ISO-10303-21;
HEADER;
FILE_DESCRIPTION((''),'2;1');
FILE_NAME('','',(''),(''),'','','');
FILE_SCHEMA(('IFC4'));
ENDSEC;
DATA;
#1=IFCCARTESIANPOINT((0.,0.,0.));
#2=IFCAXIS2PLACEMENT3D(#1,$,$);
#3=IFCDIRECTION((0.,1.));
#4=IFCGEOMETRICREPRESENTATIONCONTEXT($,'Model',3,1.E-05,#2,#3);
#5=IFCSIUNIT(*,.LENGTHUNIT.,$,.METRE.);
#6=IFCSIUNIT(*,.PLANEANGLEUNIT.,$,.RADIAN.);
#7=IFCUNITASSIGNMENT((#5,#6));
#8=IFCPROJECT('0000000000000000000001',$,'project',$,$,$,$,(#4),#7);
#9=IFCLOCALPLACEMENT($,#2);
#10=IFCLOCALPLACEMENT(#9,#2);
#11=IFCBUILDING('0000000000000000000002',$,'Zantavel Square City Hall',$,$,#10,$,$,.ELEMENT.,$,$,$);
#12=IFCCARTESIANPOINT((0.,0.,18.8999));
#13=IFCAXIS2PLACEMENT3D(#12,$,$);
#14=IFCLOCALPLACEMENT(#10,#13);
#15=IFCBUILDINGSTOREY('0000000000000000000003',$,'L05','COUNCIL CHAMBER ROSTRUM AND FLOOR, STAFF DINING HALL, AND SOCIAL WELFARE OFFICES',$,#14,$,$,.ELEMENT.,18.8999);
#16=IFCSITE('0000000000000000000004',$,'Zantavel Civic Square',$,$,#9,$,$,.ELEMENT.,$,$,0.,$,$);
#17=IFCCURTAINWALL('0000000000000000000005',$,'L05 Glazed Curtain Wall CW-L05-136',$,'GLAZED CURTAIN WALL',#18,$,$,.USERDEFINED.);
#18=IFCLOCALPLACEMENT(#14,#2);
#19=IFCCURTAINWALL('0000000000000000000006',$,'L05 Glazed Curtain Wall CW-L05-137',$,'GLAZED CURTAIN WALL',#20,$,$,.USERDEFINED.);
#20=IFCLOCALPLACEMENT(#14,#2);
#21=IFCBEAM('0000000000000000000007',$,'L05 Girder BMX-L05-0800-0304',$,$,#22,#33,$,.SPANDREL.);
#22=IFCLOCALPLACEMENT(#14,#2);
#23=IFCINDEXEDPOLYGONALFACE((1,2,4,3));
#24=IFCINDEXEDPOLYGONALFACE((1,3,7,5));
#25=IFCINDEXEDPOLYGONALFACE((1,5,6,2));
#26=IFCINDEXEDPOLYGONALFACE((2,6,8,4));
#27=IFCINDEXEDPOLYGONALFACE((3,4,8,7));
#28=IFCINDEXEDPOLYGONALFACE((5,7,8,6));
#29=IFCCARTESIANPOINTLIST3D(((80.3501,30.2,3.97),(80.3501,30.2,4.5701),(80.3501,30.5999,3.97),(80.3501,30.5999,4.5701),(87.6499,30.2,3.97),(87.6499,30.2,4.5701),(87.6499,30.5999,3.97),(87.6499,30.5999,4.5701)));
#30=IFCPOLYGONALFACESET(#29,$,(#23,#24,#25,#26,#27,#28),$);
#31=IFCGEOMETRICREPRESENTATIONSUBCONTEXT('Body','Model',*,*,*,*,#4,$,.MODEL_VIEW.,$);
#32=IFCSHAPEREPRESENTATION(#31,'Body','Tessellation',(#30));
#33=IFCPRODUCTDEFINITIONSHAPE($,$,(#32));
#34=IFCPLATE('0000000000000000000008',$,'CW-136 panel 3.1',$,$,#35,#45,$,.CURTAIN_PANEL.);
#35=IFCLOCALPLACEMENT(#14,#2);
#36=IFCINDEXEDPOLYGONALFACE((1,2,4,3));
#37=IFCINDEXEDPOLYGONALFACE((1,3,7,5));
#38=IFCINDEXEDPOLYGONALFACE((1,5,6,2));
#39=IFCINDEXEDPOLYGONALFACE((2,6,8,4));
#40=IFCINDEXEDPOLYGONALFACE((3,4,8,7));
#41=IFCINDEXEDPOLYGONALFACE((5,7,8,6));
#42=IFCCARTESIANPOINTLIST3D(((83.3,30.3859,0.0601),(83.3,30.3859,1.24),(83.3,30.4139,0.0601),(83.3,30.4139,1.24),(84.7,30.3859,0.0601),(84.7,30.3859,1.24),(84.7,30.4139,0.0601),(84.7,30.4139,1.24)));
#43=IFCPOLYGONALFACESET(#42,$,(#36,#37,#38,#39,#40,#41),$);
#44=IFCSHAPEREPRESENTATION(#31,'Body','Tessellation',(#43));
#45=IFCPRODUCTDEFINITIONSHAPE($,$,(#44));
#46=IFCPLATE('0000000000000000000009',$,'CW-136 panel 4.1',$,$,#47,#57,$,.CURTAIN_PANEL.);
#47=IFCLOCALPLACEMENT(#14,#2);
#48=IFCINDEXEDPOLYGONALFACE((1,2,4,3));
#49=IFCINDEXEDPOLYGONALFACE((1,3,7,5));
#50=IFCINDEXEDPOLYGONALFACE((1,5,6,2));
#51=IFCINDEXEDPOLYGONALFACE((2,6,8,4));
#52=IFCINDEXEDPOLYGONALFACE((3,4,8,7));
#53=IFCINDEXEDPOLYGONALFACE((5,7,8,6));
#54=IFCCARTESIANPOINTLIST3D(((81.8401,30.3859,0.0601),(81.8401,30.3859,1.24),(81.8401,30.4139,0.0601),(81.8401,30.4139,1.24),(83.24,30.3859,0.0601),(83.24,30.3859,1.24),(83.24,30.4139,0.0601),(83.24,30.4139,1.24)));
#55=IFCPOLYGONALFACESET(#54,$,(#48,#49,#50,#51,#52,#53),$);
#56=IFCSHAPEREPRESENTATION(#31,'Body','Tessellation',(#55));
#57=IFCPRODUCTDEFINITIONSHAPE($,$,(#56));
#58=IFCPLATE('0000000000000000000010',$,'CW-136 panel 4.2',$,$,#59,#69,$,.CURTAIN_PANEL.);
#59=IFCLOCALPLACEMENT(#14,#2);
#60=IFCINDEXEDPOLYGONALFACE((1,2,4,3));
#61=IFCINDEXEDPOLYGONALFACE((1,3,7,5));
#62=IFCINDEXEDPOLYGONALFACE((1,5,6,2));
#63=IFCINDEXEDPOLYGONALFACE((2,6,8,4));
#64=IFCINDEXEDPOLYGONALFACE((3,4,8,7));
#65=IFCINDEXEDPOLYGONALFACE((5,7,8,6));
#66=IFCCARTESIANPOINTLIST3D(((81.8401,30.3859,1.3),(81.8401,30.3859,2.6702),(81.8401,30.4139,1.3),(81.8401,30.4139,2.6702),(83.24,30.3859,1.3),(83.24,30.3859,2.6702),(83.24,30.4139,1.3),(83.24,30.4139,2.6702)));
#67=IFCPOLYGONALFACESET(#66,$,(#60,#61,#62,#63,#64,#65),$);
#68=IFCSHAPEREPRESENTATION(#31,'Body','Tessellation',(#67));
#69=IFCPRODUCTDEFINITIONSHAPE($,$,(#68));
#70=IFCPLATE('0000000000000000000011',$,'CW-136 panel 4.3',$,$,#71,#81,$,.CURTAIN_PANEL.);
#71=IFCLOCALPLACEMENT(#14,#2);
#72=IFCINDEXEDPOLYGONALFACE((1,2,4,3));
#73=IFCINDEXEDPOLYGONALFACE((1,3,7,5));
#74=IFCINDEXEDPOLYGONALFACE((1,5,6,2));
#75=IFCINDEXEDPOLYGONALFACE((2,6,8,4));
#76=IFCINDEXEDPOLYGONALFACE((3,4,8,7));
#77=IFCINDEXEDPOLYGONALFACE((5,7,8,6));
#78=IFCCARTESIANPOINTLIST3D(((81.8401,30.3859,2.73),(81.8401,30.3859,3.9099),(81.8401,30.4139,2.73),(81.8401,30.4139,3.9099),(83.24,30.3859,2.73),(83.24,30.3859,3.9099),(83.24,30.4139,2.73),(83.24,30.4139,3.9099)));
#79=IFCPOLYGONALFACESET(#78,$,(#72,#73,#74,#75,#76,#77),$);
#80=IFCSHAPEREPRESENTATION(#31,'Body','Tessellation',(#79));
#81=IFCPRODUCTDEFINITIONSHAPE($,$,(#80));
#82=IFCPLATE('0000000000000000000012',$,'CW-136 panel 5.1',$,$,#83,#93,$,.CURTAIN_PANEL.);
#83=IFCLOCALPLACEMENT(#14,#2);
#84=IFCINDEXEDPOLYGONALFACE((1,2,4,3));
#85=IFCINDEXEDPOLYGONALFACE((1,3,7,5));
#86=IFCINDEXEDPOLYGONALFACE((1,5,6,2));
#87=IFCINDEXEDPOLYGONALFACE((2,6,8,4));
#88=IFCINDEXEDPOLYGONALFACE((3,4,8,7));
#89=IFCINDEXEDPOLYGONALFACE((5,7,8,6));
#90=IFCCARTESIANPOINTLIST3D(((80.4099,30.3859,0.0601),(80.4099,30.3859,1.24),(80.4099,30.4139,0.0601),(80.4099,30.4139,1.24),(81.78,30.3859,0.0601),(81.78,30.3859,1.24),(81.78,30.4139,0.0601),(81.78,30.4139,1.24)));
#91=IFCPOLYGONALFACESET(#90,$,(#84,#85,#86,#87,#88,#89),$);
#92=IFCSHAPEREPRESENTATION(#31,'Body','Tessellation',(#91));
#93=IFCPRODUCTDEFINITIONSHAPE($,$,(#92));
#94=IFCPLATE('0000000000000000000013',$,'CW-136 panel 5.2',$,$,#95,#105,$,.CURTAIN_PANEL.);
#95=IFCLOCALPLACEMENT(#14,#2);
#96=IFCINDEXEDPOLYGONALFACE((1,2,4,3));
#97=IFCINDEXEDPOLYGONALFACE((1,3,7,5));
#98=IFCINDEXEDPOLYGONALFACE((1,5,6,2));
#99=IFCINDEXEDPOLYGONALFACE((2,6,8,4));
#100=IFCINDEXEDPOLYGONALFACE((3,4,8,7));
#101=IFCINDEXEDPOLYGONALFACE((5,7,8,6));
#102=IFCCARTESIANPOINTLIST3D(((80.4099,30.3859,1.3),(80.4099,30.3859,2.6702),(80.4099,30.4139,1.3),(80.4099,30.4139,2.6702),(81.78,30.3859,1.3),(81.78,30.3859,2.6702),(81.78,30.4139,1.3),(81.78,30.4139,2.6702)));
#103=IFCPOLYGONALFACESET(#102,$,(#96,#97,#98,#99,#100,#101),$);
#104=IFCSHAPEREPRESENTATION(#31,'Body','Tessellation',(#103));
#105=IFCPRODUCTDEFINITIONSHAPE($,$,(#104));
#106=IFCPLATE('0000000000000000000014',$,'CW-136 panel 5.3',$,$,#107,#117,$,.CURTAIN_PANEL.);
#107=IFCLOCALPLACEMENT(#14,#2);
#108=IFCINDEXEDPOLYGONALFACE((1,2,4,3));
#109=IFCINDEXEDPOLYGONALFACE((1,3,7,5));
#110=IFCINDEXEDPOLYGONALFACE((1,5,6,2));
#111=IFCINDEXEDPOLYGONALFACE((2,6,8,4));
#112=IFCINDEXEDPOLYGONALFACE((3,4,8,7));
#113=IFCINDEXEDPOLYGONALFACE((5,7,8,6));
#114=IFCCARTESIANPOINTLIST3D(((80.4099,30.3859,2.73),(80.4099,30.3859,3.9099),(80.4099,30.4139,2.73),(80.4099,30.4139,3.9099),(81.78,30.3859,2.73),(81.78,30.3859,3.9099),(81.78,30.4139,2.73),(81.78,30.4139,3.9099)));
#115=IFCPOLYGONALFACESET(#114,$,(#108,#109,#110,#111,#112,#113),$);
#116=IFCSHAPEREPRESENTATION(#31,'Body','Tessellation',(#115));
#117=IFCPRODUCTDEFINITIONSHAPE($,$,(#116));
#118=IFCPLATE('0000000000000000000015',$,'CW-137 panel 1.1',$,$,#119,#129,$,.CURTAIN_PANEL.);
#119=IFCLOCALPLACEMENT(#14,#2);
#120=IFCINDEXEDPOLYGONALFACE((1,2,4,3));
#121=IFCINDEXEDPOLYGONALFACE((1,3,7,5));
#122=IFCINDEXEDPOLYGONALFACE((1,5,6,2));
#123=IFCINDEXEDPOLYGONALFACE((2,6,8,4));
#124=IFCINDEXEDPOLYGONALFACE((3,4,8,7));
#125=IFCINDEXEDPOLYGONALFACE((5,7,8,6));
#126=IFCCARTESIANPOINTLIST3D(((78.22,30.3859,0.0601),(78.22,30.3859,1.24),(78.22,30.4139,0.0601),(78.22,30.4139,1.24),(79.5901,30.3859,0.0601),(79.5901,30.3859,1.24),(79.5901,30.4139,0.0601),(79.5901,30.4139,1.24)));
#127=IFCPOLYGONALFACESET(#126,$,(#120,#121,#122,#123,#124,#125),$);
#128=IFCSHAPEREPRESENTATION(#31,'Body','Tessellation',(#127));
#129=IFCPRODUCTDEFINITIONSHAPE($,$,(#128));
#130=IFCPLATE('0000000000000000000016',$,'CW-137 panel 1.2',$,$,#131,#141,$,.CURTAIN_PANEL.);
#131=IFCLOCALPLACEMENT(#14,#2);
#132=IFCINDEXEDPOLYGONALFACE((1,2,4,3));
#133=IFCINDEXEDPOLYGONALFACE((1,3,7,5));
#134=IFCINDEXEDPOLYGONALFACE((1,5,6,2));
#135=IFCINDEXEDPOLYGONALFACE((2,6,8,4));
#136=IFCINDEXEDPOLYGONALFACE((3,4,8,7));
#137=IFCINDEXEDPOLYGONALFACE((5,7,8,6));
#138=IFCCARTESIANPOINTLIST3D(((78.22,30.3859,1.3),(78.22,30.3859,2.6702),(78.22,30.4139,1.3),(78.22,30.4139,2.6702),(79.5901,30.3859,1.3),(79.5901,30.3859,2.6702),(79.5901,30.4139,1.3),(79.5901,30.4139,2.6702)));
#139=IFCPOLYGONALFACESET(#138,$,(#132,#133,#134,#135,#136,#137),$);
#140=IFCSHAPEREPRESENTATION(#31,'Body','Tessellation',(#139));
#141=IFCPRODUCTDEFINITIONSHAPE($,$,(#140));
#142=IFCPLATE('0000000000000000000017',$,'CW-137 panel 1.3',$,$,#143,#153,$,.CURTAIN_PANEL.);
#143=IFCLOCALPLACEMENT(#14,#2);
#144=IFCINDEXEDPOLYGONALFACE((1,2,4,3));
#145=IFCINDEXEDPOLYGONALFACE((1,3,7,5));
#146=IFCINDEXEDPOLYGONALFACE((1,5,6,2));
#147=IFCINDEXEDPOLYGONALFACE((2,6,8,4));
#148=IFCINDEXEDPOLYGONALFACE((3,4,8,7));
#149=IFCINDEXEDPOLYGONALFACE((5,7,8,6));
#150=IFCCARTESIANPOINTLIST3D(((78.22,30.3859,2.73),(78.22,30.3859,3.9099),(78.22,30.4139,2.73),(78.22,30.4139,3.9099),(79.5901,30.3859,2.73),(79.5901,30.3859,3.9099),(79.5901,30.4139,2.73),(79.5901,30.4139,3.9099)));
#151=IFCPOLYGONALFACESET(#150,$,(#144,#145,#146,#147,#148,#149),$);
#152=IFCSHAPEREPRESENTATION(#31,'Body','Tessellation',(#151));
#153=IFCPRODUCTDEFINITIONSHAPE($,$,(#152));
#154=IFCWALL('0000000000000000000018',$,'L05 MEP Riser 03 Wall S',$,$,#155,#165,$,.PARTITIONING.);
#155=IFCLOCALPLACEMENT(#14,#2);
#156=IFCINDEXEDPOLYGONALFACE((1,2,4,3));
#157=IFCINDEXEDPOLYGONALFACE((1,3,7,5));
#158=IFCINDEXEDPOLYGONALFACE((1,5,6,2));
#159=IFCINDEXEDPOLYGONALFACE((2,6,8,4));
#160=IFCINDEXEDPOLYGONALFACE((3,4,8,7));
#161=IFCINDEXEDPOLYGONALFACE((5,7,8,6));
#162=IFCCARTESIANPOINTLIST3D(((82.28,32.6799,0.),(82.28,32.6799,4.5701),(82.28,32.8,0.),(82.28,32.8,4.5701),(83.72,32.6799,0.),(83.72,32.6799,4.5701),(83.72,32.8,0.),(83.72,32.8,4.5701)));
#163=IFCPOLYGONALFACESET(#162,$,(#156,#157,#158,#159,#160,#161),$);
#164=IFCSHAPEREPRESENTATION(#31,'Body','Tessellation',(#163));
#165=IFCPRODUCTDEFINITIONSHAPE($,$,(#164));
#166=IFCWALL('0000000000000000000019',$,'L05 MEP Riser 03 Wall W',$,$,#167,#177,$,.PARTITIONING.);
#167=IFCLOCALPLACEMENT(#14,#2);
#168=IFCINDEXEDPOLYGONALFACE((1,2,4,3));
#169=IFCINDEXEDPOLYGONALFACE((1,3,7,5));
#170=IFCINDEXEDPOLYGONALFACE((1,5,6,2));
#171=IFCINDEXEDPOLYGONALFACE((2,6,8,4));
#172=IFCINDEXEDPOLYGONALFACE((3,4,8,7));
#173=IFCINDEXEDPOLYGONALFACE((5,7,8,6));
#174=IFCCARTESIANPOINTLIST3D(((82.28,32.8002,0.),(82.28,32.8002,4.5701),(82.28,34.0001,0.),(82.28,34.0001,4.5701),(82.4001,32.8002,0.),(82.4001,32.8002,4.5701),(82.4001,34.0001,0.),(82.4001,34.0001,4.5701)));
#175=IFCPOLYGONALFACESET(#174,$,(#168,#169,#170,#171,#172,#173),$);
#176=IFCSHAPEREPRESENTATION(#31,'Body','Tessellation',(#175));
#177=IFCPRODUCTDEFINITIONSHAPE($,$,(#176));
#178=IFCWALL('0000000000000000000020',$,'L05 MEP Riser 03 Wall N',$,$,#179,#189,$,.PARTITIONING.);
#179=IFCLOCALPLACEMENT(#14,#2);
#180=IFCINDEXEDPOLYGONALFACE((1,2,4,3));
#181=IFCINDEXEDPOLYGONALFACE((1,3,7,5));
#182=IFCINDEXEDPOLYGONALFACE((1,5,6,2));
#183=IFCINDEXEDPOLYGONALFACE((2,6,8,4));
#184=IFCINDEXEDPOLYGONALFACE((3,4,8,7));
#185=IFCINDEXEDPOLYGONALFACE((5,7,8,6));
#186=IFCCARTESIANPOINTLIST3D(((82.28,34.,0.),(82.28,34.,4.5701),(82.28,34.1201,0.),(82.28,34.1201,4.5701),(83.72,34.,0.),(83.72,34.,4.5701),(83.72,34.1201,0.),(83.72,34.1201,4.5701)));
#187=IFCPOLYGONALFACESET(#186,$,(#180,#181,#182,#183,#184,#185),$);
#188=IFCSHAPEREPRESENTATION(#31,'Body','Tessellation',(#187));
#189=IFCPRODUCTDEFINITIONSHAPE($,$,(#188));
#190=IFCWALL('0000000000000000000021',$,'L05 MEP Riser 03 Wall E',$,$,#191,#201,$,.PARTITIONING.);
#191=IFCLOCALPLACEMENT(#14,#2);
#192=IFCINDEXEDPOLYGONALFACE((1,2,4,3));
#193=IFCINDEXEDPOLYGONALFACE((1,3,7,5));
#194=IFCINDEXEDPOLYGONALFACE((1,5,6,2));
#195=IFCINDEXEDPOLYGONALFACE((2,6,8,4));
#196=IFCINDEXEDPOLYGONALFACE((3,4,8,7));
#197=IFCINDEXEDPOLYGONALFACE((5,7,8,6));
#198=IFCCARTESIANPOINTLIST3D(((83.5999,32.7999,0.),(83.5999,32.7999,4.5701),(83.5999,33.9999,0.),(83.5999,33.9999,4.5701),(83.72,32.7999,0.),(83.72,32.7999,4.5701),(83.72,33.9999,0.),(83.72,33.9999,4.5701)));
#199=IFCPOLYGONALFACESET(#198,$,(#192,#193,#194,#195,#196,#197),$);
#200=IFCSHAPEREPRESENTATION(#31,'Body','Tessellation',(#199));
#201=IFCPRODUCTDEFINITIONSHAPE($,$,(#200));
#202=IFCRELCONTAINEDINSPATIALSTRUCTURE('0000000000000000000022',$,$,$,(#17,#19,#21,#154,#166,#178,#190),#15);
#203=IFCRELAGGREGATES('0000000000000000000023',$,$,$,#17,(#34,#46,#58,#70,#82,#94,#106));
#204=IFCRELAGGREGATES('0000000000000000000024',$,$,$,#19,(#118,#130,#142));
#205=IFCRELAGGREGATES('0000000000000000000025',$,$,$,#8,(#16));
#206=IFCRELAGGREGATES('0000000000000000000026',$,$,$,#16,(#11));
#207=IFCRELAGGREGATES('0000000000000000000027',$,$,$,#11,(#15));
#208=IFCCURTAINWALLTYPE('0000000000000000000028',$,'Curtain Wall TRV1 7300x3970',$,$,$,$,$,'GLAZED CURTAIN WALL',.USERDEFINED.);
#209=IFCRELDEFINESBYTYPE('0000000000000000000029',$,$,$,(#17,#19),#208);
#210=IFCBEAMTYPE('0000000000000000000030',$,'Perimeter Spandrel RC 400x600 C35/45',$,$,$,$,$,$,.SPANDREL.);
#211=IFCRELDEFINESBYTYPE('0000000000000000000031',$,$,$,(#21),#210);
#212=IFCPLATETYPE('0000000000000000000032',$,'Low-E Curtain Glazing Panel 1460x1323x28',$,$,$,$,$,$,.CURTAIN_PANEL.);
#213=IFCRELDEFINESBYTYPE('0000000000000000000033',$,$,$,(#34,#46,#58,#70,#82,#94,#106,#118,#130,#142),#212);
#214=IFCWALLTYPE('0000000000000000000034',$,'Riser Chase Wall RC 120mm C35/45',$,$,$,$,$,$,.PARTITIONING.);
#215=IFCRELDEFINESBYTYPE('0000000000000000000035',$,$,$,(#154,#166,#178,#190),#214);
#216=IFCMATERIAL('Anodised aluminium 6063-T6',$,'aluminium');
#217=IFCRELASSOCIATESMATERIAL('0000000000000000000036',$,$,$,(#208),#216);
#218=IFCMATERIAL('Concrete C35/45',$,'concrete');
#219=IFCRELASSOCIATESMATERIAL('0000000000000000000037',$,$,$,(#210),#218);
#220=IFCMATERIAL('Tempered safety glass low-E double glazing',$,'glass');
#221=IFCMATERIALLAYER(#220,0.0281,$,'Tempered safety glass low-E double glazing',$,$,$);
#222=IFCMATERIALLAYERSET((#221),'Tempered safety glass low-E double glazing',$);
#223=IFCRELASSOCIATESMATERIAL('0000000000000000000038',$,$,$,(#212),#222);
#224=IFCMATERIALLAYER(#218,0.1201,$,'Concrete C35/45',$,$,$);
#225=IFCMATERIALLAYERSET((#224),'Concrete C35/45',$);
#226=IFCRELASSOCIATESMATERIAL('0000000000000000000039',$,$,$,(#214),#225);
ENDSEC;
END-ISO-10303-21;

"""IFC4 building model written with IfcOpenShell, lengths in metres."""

from ifc_helpers import new_model, si_unit, direction, frame, frame_2d, origin, origin_2d, place, context, subcontext, project, spatial, rectangle, extrude, material, layer, layer_set, material_profile, profile_set, type_object, element, aggregate, save


model = new_model("IFC4")

# Units and contexts
model_context = context("Model", 3, precision=1e-05, world=origin(), true_north=direction((0.0, 1.0)))
body_context = subcontext(model_context, "Body", "Model", "MODEL_VIEW")
ifc_project = project(units=[si_unit("LENGTHUNIT", "METRE"), si_unit("PLANEANGLEUNIT", "RADIAN")], contexts=[model_context])

# Site, building, storey
site_placement = place(None, origin())
site = spatial("IfcSite", under=ifc_project, at=site_placement, Name="Zantavel Civic Square", CompositionType="ELEMENT", RefElevation=0.0)
building_placement = place(site_placement, origin())
building = spatial("IfcBuilding", under=site, at=building_placement, Name="Zantavel Square City Hall", CompositionType="ELEMENT")
storey_placement = place(building_placement, frame((0.0, 0.0, 18.8999)))
storey = spatial("IfcBuildingStorey", under=building, at=storey_placement, Name="L05", Description="COUNCIL CHAMBER ROSTRUM AND FLOOR, STAFF DINING HALL, AND SOCIAL WELFARE OFFICES", CompositionType="ELEMENT", Elevation=18.8999)

# Curtain walls
ifc_material_1 = material(Name="Anodised aluminium 6063-T6", Category="aluminium")
curtain_wall_type = type_object("IfcCurtainWallType", Name="Curtain Wall TRV1 7300x3970", ElementType="GLAZED CURTAIN WALL", PredefinedType="USERDEFINED", material=ifc_material_1)
curtain_wall_1_placement = place(storey_placement, origin())
curtain_wall_1 = element("IfcCurtainWall", 1, at=curtain_wall_1_placement, inside=storey, type_object=curtain_wall_type, Name="L05 Glazed Curtain Wall CW-L05-136", ObjectType="GLAZED CURTAIN WALL", PredefinedType="USERDEFINED")
curtain_wall_2_placement = place(storey_placement, origin())
curtain_wall_2 = element("IfcCurtainWall", 2, at=curtain_wall_2_placement, inside=storey, type_object=curtain_wall_type, Name="L05 Glazed Curtain Wall CW-L05-137", ObjectType="GLAZED CURTAIN WALL", PredefinedType="USERDEFINED")

# Beam
ifc_material_2 = material(Name="Concrete C35/45", Category="concrete")
ifc_material_profile_1 = material_profile(ifc_material_2, rectangle(XDim=0.3999, YDim=0.6001, at=origin_2d()), Name="RC 400x600")
ifc_profile_set_1 = profile_set([ifc_material_profile_1], Name="Concrete C35/45")
beam_type = type_object("IfcBeamType", Name="Perimeter Spandrel RC 400x600 C35/45", PredefinedType="SPANDREL", material=ifc_profile_set_1)
beam_placement = place(storey_placement, frame((80.3501, 30.3999, 4.27), z_axis=(1.0, 0.0, 0.0), x_axis=(0.0, 1.0, 0.0)))
element("IfcBeam", 3, at=beam_placement, inside=storey, type_object=beam_type, Name="L05 Girder BMX-L05-0800-0304", PredefinedType="SPANDREL", context=body_context, shape_type="SweptSolid", body=[
    extrude(rectangle(XDim=0.3999, YDim=0.6001, at=origin_2d()), origin(), (0.0, 0.0, 1.0), 7.2998),
])

# Plates
ifc_material_3 = material(Name="Tempered safety glass low-E double glazing", Category="glass")
ifc_layer_1 = layer(ifc_material_3, 0.0281, Name="Tempered safety glass low-E double glazing")
ifc_layer_set_1 = layer_set([ifc_layer_1], Name="Tempered safety glass low-E double glazing")
plate_type = type_object("IfcPlateType", Name="Low-E Curtain Glazing Panel 1460x1323x28", PredefinedType="CURTAIN_PANEL", material=ifc_layer_set_1)
plate_1_placement = place(storey_placement, frame((84.0, 30.3999, 0.0601), z_axis=(0.0, 0.0, 1.0), x_axis=(-1.0, 0.0, 0.0)))
plate_1 = element("IfcPlate", 4, at=plate_1_placement, type_object=plate_type, Name="CW-136 panel 3.1", PredefinedType="CURTAIN_PANEL", context=body_context, shape_type="SweptSolid", body=[
    extrude(rectangle(XDim=1.3999, YDim=0.0281, at=origin_2d()), origin(), (0.0, 0.0, 1.0), 1.1799),
])
plate_2_placement = place(storey_placement, frame((82.54, 30.3999, 0.0601), z_axis=(0.0, 0.0, 1.0), x_axis=(-1.0, 0.0, 0.0)))
plate_2 = element("IfcPlate", 5, at=plate_2_placement, type_object=plate_type, Name="CW-136 panel 4.1", PredefinedType="CURTAIN_PANEL", context=body_context, shape_type="SweptSolid", body=[
    extrude(rectangle(XDim=1.3999, YDim=0.0281, at=origin_2d()), origin(), (0.0, 0.0, 1.0), 1.1799),
])
plate_3_placement = place(storey_placement, frame((82.54, 30.3999, 1.3), z_axis=(0.0, 0.0, 1.0), x_axis=(-1.0, 0.0, 0.0)))
plate_3 = element("IfcPlate", 6, at=plate_3_placement, type_object=plate_type, Name="CW-136 panel 4.2", PredefinedType="CURTAIN_PANEL", context=body_context, shape_type="SweptSolid", body=[
    extrude(rectangle(XDim=1.3999, YDim=0.0281, at=origin_2d()), origin(), (0.0, 0.0, 1.0), 1.3701),
])
plate_4_placement = place(storey_placement, frame((82.54, 30.3999, 2.73), z_axis=(0.0, 0.0, 1.0), x_axis=(-1.0, 0.0, 0.0)))
plate_4 = element("IfcPlate", 7, at=plate_4_placement, type_object=plate_type, Name="CW-136 panel 4.3", PredefinedType="CURTAIN_PANEL", context=body_context, shape_type="SweptSolid", body=[
    extrude(rectangle(XDim=1.3999, YDim=0.0281, at=origin_2d()), origin(), (0.0, 0.0, 1.0), 1.1799),
])
plate_5_placement = place(storey_placement, frame((81.095, 30.3999, 0.0601), z_axis=(0.0, 0.0, 1.0), x_axis=(-1.0, 0.0, 0.0)))
plate_5 = element("IfcPlate", 8, at=plate_5_placement, type_object=plate_type, Name="CW-136 panel 5.1", PredefinedType="CURTAIN_PANEL", context=body_context, shape_type="SweptSolid", body=[
    extrude(rectangle(XDim=1.3701, YDim=0.0281, at=origin_2d()), origin(), (0.0, 0.0, 1.0), 1.1799),
])
plate_6_placement = place(storey_placement, frame((81.095, 30.3999, 1.3), z_axis=(0.0, 0.0, 1.0), x_axis=(-1.0, 0.0, 0.0)))
plate_6 = element("IfcPlate", 9, at=plate_6_placement, type_object=plate_type, Name="CW-136 panel 5.2", PredefinedType="CURTAIN_PANEL", context=body_context, shape_type="SweptSolid", body=[
    extrude(rectangle(XDim=1.3701, YDim=0.0281, at=origin_2d()), origin(), (0.0, 0.0, 1.0), 1.3701),
])
plate_7_placement = place(storey_placement, frame((81.095, 30.3999, 2.73), z_axis=(0.0, 0.0, 1.0), x_axis=(-1.0, 0.0, 0.0)))
plate_7 = element("IfcPlate", 10, at=plate_7_placement, type_object=plate_type, Name="CW-136 panel 5.3", PredefinedType="CURTAIN_PANEL", context=body_context, shape_type="SweptSolid", body=[
    extrude(rectangle(XDim=1.3701, YDim=0.0281, at=origin_2d()), origin(), (0.0, 0.0, 1.0), 1.1799),
])
aggregate(curtain_wall_1, [plate_1, plate_2, plate_3, plate_4, plate_5, plate_6, plate_7])
plate_8_placement = place(storey_placement, frame((78.905, 30.3999, 0.0601), z_axis=(0.0, 0.0, 1.0), x_axis=(-1.0, 0.0, 0.0)))
plate_8 = element("IfcPlate", 11, at=plate_8_placement, type_object=plate_type, Name="CW-137 panel 1.1", PredefinedType="CURTAIN_PANEL", context=body_context, shape_type="SweptSolid", body=[
    extrude(rectangle(XDim=1.3701, YDim=0.0281, at=origin_2d()), origin(), (0.0, 0.0, 1.0), 1.1799),
])
plate_9_placement = place(storey_placement, frame((78.905, 30.3999, 1.3), z_axis=(0.0, 0.0, 1.0), x_axis=(-1.0, 0.0, 0.0)))
plate_9 = element("IfcPlate", 12, at=plate_9_placement, type_object=plate_type, Name="CW-137 panel 1.2", PredefinedType="CURTAIN_PANEL", context=body_context, shape_type="SweptSolid", body=[
    extrude(rectangle(XDim=1.3701, YDim=0.0281, at=origin_2d()), origin(), (0.0, 0.0, 1.0), 1.3701),
])
plate_10_placement = place(storey_placement, frame((78.905, 30.3999, 2.73), z_axis=(0.0, 0.0, 1.0), x_axis=(-1.0, 0.0, 0.0)))
plate_10 = element("IfcPlate", 13, at=plate_10_placement, type_object=plate_type, Name="CW-137 panel 1.3", PredefinedType="CURTAIN_PANEL", context=body_context, shape_type="SweptSolid", body=[
    extrude(rectangle(XDim=1.3701, YDim=0.0281, at=origin_2d()), origin(), (0.0, 0.0, 1.0), 1.1799),
])
aggregate(curtain_wall_2, [plate_8, plate_9, plate_10])

# Walls
ifc_layer_2 = layer(ifc_material_2, 0.1201, Name="Concrete C35/45")
ifc_layer_set_2 = layer_set([ifc_layer_2], Name="Concrete C35/45")
wall_type = type_object("IfcWallType", Name="Riser Chase Wall RC 120mm C35/45", PredefinedType="PARTITIONING", material=ifc_layer_set_2)
wall_1_placement = place(storey_placement, frame((83.72, 32.74, 0.0), z_axis=(0.0, 0.0, 1.0), x_axis=(-1.0, 0.0, 0.0)))
element("IfcWall", 14, at=wall_1_placement, inside=storey, type_object=wall_type, Name="L05 MEP Riser 03 Wall S", PredefinedType="PARTITIONING", context=body_context, shape_type="SweptSolid", body=[
    extrude(rectangle(XDim=1.4399, YDim=0.1201, at=frame_2d((0.72, 0.0))), origin(), (0.0, 0.0, 1.0), 4.5701),
])
wall_2_placement = place(storey_placement, frame((82.3401, 32.8, 0.0), z_axis=(0.0, 0.0, 1.0), x_axis=(0.0, 1.0, 0.0)))
element("IfcWall", 15, at=wall_2_placement, inside=storey, type_object=wall_type, Name="L05 MEP Riser 03 Wall W", PredefinedType="PARTITIONING", context=body_context, shape_type="SweptSolid", body=[
    extrude(rectangle(XDim=1.2, YDim=0.1201, at=frame_2d((0.6001, 0.0))), origin(), (0.0, 0.0, 1.0), 4.5701),
])
wall_3_placement = place(storey_placement, frame((82.28, 34.0601, 0.0), z_axis=(0.0, 0.0, 1.0), x_axis=(1.0, 0.0, 0.0)))
element("IfcWall", 16, at=wall_3_placement, inside=storey, type_object=wall_type, Name="L05 MEP Riser 03 Wall N", PredefinedType="PARTITIONING", context=body_context, shape_type="SweptSolid", body=[
    extrude(rectangle(XDim=1.4399, YDim=0.1201, at=frame_2d((0.72, 0.0))), origin(), (0.0, 0.0, 1.0), 4.5701),
])
wall_4_placement = place(storey_placement, frame((83.6599, 34.0, 0.0), z_axis=(0.0, 0.0, 1.0), x_axis=(0.0, -1.0, 0.0)))
element("IfcWall", 17, at=wall_4_placement, inside=storey, type_object=wall_type, Name="L05 MEP Riser 03 Wall E", PredefinedType="PARTITIONING", context=body_context, shape_type="SweptSolid", body=[
    extrude(rectangle(XDim=1.2, YDim=0.1201, at=frame_2d((0.6001, 0.0))), origin(), (0.0, 0.0, 1.0), 4.5701),
])

save(model, "model.ifc")
